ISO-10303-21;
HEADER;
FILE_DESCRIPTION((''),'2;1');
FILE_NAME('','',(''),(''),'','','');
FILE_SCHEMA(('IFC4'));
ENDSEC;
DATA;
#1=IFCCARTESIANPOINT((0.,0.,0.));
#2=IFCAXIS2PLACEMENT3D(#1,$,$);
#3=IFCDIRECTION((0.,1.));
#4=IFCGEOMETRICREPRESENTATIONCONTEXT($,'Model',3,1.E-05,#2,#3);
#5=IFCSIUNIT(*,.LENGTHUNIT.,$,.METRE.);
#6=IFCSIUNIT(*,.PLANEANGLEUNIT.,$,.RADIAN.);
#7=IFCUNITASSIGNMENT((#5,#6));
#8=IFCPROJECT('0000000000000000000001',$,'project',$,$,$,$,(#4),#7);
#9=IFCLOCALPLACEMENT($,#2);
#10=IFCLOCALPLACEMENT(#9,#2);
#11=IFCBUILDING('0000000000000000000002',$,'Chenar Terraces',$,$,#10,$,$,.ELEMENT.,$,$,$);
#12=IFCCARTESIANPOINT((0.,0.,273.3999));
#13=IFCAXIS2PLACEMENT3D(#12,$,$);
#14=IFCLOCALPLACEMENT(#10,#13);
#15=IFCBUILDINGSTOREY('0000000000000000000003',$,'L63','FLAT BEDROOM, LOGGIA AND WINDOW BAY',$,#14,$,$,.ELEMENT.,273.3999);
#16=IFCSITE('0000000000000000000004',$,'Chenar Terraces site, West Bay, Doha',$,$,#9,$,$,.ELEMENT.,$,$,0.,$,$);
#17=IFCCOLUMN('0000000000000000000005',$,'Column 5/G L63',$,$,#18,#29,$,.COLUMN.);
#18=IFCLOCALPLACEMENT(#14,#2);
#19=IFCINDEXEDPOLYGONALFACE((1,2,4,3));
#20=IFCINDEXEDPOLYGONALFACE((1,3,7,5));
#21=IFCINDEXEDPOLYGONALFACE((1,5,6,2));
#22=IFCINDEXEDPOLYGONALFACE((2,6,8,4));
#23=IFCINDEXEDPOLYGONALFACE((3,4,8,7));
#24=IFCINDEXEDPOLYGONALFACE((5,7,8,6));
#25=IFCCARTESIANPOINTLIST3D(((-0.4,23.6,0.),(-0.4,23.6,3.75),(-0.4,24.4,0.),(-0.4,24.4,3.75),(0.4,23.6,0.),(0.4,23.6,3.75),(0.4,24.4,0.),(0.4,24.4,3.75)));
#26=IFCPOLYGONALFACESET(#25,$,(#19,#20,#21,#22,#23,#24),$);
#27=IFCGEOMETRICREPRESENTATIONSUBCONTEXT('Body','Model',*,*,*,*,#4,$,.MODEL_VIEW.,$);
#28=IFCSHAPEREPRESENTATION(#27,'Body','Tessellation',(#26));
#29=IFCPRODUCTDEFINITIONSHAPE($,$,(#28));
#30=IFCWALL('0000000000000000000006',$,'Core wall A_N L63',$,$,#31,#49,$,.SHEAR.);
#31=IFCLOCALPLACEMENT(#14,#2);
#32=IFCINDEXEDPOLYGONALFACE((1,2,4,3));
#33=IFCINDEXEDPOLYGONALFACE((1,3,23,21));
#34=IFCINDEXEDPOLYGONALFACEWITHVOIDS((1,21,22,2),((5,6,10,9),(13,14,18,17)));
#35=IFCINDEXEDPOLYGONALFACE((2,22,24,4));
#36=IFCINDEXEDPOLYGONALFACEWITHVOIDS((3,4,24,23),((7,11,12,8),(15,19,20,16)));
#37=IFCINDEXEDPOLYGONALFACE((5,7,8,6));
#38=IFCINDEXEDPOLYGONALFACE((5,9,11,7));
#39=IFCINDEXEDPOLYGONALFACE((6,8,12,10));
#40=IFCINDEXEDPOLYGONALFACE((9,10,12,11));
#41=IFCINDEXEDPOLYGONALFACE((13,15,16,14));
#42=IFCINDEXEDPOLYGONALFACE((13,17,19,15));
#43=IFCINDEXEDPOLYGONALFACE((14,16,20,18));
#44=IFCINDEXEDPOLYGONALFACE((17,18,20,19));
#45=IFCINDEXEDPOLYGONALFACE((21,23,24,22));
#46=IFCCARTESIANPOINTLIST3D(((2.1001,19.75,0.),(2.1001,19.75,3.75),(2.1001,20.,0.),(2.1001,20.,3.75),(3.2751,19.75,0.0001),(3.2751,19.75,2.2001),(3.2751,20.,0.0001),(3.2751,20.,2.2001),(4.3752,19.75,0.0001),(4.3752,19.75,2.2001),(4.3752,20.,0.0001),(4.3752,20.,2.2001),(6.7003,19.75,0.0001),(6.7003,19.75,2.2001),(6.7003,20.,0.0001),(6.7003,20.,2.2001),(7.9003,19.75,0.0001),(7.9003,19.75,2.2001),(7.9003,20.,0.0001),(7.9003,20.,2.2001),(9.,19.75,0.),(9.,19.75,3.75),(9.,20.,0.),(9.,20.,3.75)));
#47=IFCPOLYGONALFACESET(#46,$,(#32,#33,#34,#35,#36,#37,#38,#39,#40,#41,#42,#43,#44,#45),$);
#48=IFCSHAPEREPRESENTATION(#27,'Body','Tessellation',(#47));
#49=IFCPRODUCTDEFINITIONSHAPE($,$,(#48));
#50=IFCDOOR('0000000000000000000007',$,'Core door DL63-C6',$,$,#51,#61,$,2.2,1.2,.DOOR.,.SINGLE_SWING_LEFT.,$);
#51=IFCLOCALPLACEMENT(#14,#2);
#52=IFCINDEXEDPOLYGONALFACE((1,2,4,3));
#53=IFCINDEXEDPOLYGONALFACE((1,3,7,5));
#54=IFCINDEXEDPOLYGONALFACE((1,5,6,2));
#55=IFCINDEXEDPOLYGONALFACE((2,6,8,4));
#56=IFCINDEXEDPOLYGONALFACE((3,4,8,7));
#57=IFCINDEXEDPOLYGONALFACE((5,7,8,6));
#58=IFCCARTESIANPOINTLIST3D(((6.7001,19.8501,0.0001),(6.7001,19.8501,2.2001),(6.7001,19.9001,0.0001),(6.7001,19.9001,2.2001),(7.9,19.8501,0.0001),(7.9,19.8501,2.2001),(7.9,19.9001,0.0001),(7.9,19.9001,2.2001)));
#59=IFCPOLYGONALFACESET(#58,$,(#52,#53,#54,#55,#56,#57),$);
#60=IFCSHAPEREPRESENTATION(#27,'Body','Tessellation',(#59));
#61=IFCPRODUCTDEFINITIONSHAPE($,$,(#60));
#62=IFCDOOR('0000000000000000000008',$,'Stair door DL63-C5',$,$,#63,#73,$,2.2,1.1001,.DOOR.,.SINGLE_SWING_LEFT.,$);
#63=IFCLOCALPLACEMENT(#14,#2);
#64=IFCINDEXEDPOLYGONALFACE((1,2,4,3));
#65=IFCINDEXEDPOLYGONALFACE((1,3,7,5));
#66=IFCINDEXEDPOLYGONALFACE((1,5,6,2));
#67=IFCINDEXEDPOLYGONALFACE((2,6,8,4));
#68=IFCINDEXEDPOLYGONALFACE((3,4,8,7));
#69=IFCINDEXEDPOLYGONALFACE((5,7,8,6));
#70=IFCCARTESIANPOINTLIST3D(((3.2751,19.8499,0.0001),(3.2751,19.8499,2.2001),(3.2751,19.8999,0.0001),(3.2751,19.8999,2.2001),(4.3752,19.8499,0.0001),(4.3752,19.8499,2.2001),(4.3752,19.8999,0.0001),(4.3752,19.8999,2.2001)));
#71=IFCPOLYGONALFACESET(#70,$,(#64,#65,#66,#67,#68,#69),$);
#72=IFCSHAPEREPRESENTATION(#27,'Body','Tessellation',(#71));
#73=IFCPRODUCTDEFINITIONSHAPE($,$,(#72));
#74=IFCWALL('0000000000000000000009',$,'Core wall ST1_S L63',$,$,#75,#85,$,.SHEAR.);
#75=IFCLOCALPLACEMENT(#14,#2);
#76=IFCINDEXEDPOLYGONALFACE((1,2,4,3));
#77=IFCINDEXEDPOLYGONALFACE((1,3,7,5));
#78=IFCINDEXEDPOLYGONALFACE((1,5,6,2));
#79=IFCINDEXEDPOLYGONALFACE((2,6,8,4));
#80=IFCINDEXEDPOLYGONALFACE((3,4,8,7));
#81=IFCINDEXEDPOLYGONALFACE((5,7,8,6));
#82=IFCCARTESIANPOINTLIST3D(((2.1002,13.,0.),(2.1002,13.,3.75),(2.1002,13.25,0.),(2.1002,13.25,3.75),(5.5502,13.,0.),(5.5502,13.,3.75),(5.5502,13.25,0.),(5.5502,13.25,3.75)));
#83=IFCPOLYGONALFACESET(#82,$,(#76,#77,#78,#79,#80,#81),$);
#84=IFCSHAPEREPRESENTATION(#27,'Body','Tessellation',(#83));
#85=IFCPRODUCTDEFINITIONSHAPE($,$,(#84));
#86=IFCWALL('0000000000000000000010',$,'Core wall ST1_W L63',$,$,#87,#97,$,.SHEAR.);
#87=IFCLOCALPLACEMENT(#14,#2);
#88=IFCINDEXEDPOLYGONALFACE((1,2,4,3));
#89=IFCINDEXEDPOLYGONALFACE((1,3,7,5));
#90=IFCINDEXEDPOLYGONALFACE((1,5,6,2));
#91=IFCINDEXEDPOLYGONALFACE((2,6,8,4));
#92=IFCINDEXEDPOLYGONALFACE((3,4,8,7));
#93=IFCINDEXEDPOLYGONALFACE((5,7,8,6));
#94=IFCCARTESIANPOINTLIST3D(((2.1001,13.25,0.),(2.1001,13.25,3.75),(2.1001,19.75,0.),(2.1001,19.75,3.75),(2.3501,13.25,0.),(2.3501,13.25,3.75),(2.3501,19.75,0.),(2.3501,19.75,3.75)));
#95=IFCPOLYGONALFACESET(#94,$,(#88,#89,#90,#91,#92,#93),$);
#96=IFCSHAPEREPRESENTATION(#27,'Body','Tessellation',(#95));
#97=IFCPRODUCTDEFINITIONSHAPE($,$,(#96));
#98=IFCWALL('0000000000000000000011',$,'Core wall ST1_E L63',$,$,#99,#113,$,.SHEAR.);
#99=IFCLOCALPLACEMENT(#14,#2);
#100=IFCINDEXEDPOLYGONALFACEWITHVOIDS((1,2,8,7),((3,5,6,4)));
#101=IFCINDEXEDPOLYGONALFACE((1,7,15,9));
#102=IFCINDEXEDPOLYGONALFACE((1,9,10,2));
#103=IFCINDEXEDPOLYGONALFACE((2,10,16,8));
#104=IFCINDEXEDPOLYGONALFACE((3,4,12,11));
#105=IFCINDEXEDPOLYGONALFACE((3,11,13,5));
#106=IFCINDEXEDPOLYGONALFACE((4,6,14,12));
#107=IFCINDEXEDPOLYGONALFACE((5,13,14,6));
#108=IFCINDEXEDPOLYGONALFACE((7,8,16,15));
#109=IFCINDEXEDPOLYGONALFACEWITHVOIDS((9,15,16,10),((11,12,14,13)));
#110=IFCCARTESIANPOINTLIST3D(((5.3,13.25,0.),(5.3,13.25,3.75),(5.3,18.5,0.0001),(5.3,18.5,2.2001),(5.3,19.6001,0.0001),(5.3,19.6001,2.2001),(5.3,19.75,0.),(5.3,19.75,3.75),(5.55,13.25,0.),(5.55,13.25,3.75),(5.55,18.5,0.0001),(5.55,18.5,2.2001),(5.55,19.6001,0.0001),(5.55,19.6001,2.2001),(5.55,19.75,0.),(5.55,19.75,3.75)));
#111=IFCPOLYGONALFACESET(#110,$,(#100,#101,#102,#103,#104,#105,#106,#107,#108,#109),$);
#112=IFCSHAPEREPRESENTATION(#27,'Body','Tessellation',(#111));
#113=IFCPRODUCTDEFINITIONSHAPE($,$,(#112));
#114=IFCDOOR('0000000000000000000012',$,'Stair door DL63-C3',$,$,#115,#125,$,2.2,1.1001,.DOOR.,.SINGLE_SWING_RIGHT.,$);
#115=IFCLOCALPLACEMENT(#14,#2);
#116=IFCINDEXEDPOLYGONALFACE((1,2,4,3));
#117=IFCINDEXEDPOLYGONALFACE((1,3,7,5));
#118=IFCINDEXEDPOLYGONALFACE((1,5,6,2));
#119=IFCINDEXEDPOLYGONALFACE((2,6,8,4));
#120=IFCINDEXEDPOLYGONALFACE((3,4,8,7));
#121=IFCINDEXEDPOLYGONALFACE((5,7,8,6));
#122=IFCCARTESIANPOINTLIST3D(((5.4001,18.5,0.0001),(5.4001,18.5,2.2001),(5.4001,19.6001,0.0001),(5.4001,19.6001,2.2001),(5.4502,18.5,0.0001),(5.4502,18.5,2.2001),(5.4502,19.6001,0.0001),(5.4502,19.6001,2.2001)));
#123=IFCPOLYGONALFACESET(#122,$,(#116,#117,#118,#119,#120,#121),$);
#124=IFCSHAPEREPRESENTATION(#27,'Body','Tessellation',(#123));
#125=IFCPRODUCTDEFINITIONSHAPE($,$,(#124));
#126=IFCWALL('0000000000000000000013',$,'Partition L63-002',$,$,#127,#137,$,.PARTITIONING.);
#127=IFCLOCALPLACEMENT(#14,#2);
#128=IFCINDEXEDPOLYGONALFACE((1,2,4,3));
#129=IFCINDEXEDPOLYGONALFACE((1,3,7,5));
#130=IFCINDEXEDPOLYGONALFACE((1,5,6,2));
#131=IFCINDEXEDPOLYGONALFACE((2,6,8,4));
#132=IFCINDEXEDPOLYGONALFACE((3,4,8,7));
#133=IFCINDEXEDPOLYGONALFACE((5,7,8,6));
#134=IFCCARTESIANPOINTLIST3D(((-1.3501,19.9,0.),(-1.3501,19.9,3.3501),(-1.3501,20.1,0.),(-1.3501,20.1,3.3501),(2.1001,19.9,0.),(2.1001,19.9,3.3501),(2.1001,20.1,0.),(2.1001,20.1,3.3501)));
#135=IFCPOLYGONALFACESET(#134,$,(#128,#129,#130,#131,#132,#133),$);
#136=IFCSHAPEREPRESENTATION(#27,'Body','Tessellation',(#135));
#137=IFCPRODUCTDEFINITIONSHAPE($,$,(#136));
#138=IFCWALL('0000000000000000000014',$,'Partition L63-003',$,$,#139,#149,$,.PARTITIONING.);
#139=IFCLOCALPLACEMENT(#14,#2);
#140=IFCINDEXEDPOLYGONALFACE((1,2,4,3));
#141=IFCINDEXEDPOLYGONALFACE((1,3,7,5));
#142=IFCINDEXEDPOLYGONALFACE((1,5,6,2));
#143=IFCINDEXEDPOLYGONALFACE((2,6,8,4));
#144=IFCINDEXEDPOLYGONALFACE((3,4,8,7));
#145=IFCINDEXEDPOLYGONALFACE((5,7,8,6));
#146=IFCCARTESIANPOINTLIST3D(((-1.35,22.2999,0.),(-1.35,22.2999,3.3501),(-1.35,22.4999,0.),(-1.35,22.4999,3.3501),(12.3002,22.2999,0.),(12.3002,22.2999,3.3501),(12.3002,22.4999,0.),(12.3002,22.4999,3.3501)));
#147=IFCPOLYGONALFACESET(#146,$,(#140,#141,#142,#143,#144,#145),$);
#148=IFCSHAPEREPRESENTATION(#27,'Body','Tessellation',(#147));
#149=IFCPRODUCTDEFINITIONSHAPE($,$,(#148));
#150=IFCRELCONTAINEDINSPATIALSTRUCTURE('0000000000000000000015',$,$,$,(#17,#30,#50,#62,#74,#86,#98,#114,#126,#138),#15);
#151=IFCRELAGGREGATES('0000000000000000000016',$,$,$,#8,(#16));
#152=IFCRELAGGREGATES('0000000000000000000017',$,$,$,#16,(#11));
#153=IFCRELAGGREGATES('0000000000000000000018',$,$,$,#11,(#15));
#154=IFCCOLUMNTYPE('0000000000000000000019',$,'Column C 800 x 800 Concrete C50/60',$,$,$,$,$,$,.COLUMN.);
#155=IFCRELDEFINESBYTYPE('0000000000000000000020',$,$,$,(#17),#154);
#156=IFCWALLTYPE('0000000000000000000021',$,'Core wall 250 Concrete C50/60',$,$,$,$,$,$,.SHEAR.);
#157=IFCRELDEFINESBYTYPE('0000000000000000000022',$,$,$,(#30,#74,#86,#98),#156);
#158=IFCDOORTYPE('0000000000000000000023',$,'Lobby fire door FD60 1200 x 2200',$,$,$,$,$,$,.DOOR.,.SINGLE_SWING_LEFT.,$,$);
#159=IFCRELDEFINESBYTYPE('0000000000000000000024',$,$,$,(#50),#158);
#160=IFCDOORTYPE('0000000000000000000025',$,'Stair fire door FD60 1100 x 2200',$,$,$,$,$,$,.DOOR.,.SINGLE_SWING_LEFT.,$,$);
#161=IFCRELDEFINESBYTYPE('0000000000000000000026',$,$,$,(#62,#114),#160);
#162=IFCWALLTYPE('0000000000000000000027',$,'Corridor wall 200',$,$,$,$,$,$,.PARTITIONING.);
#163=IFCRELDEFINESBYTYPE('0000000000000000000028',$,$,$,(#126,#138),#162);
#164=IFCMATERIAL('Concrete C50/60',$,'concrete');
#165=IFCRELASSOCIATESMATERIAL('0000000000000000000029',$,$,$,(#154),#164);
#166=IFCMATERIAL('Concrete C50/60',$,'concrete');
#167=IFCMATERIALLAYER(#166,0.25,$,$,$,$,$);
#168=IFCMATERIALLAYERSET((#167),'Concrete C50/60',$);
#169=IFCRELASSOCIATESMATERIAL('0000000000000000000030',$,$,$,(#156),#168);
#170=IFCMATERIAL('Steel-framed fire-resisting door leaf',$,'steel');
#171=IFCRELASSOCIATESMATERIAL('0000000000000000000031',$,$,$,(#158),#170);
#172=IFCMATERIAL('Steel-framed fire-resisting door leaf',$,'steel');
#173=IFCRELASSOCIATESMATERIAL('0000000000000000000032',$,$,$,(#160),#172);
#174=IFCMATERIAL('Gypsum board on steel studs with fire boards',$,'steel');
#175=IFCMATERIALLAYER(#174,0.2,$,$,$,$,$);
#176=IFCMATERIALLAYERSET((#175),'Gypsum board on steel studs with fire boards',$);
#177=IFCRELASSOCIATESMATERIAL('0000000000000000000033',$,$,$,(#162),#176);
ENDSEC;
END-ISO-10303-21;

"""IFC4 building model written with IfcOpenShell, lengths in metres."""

from ifc_helpers import new_model, si_unit, direction, frame, frame_2d, origin, origin_2d, place, context, subcontext, project, spatial, rectangle, extrude, material, layer, layer_set, material_profile, profile_set, type_object, element, fill, save


model = new_model("IFC4")

# Units and contexts
model_context = context("Model", 3, precision=1e-05, world=origin(), true_north=direction((0.0, 1.0)))
body_context = subcontext(model_context, "Body", "Model", "MODEL_VIEW")
ifc_project = project(units=[si_unit("LENGTHUNIT", "METRE"), si_unit("PLANEANGLEUNIT", "RADIAN")], contexts=[model_context])

# Site, building, storey
site_placement = place(None, origin())
site = spatial("IfcSite", under=ifc_project, at=site_placement, Name="Chenar Terraces site, West Bay, Doha", CompositionType="ELEMENT", RefElevation=0.0)
building_placement = place(site_placement, origin())
building = spatial("IfcBuilding", under=site, at=building_placement, Name="Chenar Terraces", CompositionType="ELEMENT")
storey_placement = place(building_placement, frame((0.0, 0.0, 273.3999)))
storey = spatial("IfcBuildingStorey", under=building, at=storey_placement, Name="L63", Description="FLAT BEDROOM, LOGGIA AND WINDOW BAY", CompositionType="ELEMENT", Elevation=273.3999)

# Column
ifc_material_1 = material(Name="Concrete C50/60", Category="concrete")
ifc_material_profile_1 = material_profile(ifc_material_1, rectangle(XDim=0.8, YDim=0.8, at=origin_2d()), Name="C 800 x 800")
ifc_profile_set_1 = profile_set([ifc_material_profile_1], Name="Concrete C50/60")
column_type = type_object("IfcColumnType", Name="Column C 800 x 800 Concrete C50/60", PredefinedType="COLUMN", material=ifc_profile_set_1)
column_placement = place(storey_placement, frame((0.0, 24.0, 0.0), z_axis=(0.0, 0.0, 1.0), x_axis=(1.0, 0.0, 0.0)))
element("IfcColumn", 1, at=column_placement, inside=storey, type_object=column_type, Name="Column 5/G L63", PredefinedType="COLUMN", context=body_context, shape_type="SweptSolid", body=[
    extrude(rectangle(XDim=0.8, YDim=0.8, at=origin_2d()), origin(), (0.0, 0.0, 1.0), 3.75),
])

# Wall, openings, doors
ifc_material_2 = material(Name="Concrete C50/60", Category="concrete")
ifc_layer_1 = layer(ifc_material_2, 0.25)
ifc_layer_set_1 = layer_set([ifc_layer_1], Name="Concrete C50/60")
wall_type_1 = type_object("IfcWallType", Name="Core wall 250 Concrete C50/60", PredefinedType="SHEAR", material=ifc_layer_set_1)
wall_1_placement = place(storey_placement, frame((2.1001, 19.875, 0.0), z_axis=(0.0, 0.0, 1.0), x_axis=(1.0, 0.0, 0.0)))
wall_1 = element("IfcWall", 2, at=wall_1_placement, inside=storey, type_object=wall_type_1, Name="Core wall A_N L63", PredefinedType="SHEAR", context=body_context, shape_type="SweptSolid", body=[
    extrude(rectangle(XDim=6.8999, YDim=0.25, at=frame_2d((3.45, 0.0))), origin(), (0.0, 0.0, 1.0), 3.75),
])
opening_1_placement = place(wall_1_placement, frame((1.175, 0.0, 0.0)))
opening_1 = element("IfcOpeningElement", 3, at=opening_1_placement, cuts=wall_1, PredefinedType="OPENING", context=body_context, shape_type="SweptSolid", body=[
    extrude(rectangle(XDim=1.1001, YDim=2.2, at=frame_2d((0.55, 1.1001))), frame((0.0, 0.135, 0.0), z_axis=(0.0, -1.0, 0.0), x_axis=(1.0, 0.0, 0.0)), (0.0, 0.0, 1.0), 0.27),
])
opening_2_placement = place(wall_1_placement, frame((4.6001, 0.0, 0.0)))
opening_2 = element("IfcOpeningElement", 4, at=opening_2_placement, cuts=wall_1, PredefinedType="OPENING", context=body_context, shape_type="SweptSolid", body=[
    extrude(rectangle(XDim=1.2, YDim=2.2, at=frame_2d((0.6001, 1.1001))), frame((0.0, 0.135, 0.0), z_axis=(0.0, -1.0, 0.0), x_axis=(1.0, 0.0, 0.0)), (0.0, 0.0, 1.0), 0.27),
])
ifc_material_3 = material(Name="Steel-framed fire-resisting door leaf", Category="steel")
door_type_1 = type_object("IfcDoorType", Name="Lobby fire door FD60 1200 x 2200", OperationType="SINGLE_SWING_LEFT", PredefinedType="DOOR", material=ifc_material_3)
door_1_placement = place(opening_2_placement, frame((1.2, 0.0, 0.0), z_axis=(0.0, 0.0, 1.0), x_axis=(-1.0, 0.0, 0.0)))
door_1 = element("IfcDoor", 5, at=door_1_placement, inside=storey, type_object=door_type_1, Name="Core door DL63-C6", OperationType="SINGLE_SWING_LEFT", OverallHeight=2.2, OverallWidth=1.2, PredefinedType="DOOR", context=body_context, shape_type="SweptSolid", body=[
    extrude(rectangle(XDim=1.2, YDim=2.2, at=frame_2d((0.6001, 1.1001))), frame((0.0, 0.0249, 0.0), z_axis=(0.0, -1.0, 0.0), x_axis=(1.0, 0.0, 0.0)), (0.0, 0.0, 1.0), 0.05),
])
fill(opening_2, door_1)
ifc_material_4 = material(Name="Steel-framed fire-resisting door leaf", Category="steel")
door_type_2 = type_object("IfcDoorType", Name="Stair fire door FD60 1100 x 2200", OperationType="SINGLE_SWING_LEFT", PredefinedType="DOOR", material=ifc_material_4)
door_2_placement = place(opening_1_placement, origin())
door_2 = element("IfcDoor", 6, at=door_2_placement, inside=storey, type_object=door_type_2, Name="Stair door DL63-C5", OperationType="SINGLE_SWING_LEFT", OverallHeight=2.2, OverallWidth=1.1001, PredefinedType="DOOR", context=body_context, shape_type="SweptSolid", body=[
    extrude(rectangle(XDim=1.1001, YDim=2.2, at=frame_2d((0.55, 1.1001))), frame((0.0, 0.0249, 0.0), z_axis=(0.0, -1.0, 0.0), x_axis=(1.0, 0.0, 0.0)), (0.0, 0.0, 1.0), 0.05),
])
fill(opening_1, door_2)

# Walls
wall_2_placement = place(storey_placement, frame((2.1001, 13.125, 0.0), z_axis=(0.0, 0.0, 1.0), x_axis=(1.0, 0.0, 0.0)))
element("IfcWall", 7, at=wall_2_placement, inside=storey, type_object=wall_type_1, Name="Core wall ST1_S L63", PredefinedType="SHEAR", context=body_context, shape_type="SweptSolid", body=[
    extrude(rectangle(XDim=3.45, YDim=0.25, at=frame_2d((1.7251, 0.0))), origin(), (0.0, 0.0, 1.0), 3.75),
])
wall_3_placement = place(storey_placement, frame((2.2251, 13.25, 0.0), z_axis=(0.0, 0.0, 1.0), x_axis=(0.0, 1.0, 0.0)))
element("IfcWall", 8, at=wall_3_placement, inside=storey, type_object=wall_type_1, Name="Core wall ST1_W L63", PredefinedType="SHEAR", context=body_context, shape_type="SweptSolid", body=[
    extrude(rectangle(XDim=6.5, YDim=0.25, at=frame_2d((3.25, 0.0))), origin(), (0.0, 0.0, 1.0), 3.75),
])

# Wall, opening, door
wall_4_placement = place(storey_placement, frame((5.425, 13.25, 0.0), z_axis=(0.0, 0.0, 1.0), x_axis=(0.0, 1.0, 0.0)))
wall_4 = element("IfcWall", 9, at=wall_4_placement, inside=storey, type_object=wall_type_1, Name="Core wall ST1_E L63", PredefinedType="SHEAR", context=body_context, shape_type="SweptSolid", body=[
    extrude(rectangle(XDim=6.5, YDim=0.25, at=frame_2d((3.25, 0.0))), origin(), (0.0, 0.0, 1.0), 3.75),
])
opening_3_placement = place(wall_4_placement, frame((5.25, 0.0, 0.0)))
opening_3 = element("IfcOpeningElement", 10, at=opening_3_placement, cuts=wall_4, PredefinedType="OPENING", context=body_context, shape_type="SweptSolid", body=[
    extrude(rectangle(XDim=1.1001, YDim=2.2, at=frame_2d((0.55, 1.1001))), frame((0.0, 0.135, 0.0), z_axis=(0.0, -1.0, 0.0), x_axis=(1.0, 0.0, 0.0)), (0.0, 0.0, 1.0), 0.27),
])
door_3_placement = place(opening_3_placement, origin())
door_3 = element("IfcDoor", 11, at=door_3_placement, inside=storey, type_object=door_type_2, Name="Stair door DL63-C3", OperationType="SINGLE_SWING_RIGHT", OverallHeight=2.2, OverallWidth=1.1001, PredefinedType="DOOR", context=body_context, shape_type="SweptSolid", body=[
    extrude(rectangle(XDim=1.1001, YDim=2.2, at=frame_2d((0.55, 1.1001))), frame((0.0, 0.0249, 0.0), z_axis=(0.0, -1.0, 0.0), x_axis=(1.0, 0.0, 0.0)), (0.0, 0.0, 1.0), 0.05),
])
fill(opening_3, door_3)

# Walls
ifc_material_5 = material(Name="Gypsum board on steel studs with fire boards", Category="steel")
ifc_layer_2 = layer(ifc_material_5, 0.2)
ifc_layer_set_2 = layer_set([ifc_layer_2], Name="Gypsum board on steel studs with fire boards")
wall_type_2 = type_object("IfcWallType", Name="Corridor wall 200", PredefinedType="PARTITIONING", material=ifc_layer_set_2)
wall_5_placement = place(storey_placement, frame((-1.3501, 20.0, 0.0), z_axis=(0.0, 0.0, 1.0), x_axis=(1.0, 0.0, 0.0)))
element("IfcWall", 12, at=wall_5_placement, inside=storey, type_object=wall_type_2, Name="Partition L63-002", PredefinedType="PARTITIONING", context=body_context, shape_type="SweptSolid", body=[
    extrude(rectangle(XDim=3.4502, YDim=0.2, at=frame_2d((1.7251, 0.0))), origin(), (0.0, 0.0, 1.0), 3.3501),
])
wall_6_placement = place(storey_placement, frame((-1.3501, 22.3999, 0.0), z_axis=(0.0, 0.0, 1.0), x_axis=(1.0, 0.0, 0.0)))
element("IfcWall", 13, at=wall_6_placement, inside=storey, type_object=wall_type_2, Name="Partition L63-003", PredefinedType="PARTITIONING", context=body_context, shape_type="SweptSolid", body=[
    extrude(rectangle(XDim=13.6501, YDim=0.2, at=frame_2d((6.8252, 0.0))), origin(), (0.0, 0.0, 1.0), 3.3501),
])

save(model, "model.ifc")
